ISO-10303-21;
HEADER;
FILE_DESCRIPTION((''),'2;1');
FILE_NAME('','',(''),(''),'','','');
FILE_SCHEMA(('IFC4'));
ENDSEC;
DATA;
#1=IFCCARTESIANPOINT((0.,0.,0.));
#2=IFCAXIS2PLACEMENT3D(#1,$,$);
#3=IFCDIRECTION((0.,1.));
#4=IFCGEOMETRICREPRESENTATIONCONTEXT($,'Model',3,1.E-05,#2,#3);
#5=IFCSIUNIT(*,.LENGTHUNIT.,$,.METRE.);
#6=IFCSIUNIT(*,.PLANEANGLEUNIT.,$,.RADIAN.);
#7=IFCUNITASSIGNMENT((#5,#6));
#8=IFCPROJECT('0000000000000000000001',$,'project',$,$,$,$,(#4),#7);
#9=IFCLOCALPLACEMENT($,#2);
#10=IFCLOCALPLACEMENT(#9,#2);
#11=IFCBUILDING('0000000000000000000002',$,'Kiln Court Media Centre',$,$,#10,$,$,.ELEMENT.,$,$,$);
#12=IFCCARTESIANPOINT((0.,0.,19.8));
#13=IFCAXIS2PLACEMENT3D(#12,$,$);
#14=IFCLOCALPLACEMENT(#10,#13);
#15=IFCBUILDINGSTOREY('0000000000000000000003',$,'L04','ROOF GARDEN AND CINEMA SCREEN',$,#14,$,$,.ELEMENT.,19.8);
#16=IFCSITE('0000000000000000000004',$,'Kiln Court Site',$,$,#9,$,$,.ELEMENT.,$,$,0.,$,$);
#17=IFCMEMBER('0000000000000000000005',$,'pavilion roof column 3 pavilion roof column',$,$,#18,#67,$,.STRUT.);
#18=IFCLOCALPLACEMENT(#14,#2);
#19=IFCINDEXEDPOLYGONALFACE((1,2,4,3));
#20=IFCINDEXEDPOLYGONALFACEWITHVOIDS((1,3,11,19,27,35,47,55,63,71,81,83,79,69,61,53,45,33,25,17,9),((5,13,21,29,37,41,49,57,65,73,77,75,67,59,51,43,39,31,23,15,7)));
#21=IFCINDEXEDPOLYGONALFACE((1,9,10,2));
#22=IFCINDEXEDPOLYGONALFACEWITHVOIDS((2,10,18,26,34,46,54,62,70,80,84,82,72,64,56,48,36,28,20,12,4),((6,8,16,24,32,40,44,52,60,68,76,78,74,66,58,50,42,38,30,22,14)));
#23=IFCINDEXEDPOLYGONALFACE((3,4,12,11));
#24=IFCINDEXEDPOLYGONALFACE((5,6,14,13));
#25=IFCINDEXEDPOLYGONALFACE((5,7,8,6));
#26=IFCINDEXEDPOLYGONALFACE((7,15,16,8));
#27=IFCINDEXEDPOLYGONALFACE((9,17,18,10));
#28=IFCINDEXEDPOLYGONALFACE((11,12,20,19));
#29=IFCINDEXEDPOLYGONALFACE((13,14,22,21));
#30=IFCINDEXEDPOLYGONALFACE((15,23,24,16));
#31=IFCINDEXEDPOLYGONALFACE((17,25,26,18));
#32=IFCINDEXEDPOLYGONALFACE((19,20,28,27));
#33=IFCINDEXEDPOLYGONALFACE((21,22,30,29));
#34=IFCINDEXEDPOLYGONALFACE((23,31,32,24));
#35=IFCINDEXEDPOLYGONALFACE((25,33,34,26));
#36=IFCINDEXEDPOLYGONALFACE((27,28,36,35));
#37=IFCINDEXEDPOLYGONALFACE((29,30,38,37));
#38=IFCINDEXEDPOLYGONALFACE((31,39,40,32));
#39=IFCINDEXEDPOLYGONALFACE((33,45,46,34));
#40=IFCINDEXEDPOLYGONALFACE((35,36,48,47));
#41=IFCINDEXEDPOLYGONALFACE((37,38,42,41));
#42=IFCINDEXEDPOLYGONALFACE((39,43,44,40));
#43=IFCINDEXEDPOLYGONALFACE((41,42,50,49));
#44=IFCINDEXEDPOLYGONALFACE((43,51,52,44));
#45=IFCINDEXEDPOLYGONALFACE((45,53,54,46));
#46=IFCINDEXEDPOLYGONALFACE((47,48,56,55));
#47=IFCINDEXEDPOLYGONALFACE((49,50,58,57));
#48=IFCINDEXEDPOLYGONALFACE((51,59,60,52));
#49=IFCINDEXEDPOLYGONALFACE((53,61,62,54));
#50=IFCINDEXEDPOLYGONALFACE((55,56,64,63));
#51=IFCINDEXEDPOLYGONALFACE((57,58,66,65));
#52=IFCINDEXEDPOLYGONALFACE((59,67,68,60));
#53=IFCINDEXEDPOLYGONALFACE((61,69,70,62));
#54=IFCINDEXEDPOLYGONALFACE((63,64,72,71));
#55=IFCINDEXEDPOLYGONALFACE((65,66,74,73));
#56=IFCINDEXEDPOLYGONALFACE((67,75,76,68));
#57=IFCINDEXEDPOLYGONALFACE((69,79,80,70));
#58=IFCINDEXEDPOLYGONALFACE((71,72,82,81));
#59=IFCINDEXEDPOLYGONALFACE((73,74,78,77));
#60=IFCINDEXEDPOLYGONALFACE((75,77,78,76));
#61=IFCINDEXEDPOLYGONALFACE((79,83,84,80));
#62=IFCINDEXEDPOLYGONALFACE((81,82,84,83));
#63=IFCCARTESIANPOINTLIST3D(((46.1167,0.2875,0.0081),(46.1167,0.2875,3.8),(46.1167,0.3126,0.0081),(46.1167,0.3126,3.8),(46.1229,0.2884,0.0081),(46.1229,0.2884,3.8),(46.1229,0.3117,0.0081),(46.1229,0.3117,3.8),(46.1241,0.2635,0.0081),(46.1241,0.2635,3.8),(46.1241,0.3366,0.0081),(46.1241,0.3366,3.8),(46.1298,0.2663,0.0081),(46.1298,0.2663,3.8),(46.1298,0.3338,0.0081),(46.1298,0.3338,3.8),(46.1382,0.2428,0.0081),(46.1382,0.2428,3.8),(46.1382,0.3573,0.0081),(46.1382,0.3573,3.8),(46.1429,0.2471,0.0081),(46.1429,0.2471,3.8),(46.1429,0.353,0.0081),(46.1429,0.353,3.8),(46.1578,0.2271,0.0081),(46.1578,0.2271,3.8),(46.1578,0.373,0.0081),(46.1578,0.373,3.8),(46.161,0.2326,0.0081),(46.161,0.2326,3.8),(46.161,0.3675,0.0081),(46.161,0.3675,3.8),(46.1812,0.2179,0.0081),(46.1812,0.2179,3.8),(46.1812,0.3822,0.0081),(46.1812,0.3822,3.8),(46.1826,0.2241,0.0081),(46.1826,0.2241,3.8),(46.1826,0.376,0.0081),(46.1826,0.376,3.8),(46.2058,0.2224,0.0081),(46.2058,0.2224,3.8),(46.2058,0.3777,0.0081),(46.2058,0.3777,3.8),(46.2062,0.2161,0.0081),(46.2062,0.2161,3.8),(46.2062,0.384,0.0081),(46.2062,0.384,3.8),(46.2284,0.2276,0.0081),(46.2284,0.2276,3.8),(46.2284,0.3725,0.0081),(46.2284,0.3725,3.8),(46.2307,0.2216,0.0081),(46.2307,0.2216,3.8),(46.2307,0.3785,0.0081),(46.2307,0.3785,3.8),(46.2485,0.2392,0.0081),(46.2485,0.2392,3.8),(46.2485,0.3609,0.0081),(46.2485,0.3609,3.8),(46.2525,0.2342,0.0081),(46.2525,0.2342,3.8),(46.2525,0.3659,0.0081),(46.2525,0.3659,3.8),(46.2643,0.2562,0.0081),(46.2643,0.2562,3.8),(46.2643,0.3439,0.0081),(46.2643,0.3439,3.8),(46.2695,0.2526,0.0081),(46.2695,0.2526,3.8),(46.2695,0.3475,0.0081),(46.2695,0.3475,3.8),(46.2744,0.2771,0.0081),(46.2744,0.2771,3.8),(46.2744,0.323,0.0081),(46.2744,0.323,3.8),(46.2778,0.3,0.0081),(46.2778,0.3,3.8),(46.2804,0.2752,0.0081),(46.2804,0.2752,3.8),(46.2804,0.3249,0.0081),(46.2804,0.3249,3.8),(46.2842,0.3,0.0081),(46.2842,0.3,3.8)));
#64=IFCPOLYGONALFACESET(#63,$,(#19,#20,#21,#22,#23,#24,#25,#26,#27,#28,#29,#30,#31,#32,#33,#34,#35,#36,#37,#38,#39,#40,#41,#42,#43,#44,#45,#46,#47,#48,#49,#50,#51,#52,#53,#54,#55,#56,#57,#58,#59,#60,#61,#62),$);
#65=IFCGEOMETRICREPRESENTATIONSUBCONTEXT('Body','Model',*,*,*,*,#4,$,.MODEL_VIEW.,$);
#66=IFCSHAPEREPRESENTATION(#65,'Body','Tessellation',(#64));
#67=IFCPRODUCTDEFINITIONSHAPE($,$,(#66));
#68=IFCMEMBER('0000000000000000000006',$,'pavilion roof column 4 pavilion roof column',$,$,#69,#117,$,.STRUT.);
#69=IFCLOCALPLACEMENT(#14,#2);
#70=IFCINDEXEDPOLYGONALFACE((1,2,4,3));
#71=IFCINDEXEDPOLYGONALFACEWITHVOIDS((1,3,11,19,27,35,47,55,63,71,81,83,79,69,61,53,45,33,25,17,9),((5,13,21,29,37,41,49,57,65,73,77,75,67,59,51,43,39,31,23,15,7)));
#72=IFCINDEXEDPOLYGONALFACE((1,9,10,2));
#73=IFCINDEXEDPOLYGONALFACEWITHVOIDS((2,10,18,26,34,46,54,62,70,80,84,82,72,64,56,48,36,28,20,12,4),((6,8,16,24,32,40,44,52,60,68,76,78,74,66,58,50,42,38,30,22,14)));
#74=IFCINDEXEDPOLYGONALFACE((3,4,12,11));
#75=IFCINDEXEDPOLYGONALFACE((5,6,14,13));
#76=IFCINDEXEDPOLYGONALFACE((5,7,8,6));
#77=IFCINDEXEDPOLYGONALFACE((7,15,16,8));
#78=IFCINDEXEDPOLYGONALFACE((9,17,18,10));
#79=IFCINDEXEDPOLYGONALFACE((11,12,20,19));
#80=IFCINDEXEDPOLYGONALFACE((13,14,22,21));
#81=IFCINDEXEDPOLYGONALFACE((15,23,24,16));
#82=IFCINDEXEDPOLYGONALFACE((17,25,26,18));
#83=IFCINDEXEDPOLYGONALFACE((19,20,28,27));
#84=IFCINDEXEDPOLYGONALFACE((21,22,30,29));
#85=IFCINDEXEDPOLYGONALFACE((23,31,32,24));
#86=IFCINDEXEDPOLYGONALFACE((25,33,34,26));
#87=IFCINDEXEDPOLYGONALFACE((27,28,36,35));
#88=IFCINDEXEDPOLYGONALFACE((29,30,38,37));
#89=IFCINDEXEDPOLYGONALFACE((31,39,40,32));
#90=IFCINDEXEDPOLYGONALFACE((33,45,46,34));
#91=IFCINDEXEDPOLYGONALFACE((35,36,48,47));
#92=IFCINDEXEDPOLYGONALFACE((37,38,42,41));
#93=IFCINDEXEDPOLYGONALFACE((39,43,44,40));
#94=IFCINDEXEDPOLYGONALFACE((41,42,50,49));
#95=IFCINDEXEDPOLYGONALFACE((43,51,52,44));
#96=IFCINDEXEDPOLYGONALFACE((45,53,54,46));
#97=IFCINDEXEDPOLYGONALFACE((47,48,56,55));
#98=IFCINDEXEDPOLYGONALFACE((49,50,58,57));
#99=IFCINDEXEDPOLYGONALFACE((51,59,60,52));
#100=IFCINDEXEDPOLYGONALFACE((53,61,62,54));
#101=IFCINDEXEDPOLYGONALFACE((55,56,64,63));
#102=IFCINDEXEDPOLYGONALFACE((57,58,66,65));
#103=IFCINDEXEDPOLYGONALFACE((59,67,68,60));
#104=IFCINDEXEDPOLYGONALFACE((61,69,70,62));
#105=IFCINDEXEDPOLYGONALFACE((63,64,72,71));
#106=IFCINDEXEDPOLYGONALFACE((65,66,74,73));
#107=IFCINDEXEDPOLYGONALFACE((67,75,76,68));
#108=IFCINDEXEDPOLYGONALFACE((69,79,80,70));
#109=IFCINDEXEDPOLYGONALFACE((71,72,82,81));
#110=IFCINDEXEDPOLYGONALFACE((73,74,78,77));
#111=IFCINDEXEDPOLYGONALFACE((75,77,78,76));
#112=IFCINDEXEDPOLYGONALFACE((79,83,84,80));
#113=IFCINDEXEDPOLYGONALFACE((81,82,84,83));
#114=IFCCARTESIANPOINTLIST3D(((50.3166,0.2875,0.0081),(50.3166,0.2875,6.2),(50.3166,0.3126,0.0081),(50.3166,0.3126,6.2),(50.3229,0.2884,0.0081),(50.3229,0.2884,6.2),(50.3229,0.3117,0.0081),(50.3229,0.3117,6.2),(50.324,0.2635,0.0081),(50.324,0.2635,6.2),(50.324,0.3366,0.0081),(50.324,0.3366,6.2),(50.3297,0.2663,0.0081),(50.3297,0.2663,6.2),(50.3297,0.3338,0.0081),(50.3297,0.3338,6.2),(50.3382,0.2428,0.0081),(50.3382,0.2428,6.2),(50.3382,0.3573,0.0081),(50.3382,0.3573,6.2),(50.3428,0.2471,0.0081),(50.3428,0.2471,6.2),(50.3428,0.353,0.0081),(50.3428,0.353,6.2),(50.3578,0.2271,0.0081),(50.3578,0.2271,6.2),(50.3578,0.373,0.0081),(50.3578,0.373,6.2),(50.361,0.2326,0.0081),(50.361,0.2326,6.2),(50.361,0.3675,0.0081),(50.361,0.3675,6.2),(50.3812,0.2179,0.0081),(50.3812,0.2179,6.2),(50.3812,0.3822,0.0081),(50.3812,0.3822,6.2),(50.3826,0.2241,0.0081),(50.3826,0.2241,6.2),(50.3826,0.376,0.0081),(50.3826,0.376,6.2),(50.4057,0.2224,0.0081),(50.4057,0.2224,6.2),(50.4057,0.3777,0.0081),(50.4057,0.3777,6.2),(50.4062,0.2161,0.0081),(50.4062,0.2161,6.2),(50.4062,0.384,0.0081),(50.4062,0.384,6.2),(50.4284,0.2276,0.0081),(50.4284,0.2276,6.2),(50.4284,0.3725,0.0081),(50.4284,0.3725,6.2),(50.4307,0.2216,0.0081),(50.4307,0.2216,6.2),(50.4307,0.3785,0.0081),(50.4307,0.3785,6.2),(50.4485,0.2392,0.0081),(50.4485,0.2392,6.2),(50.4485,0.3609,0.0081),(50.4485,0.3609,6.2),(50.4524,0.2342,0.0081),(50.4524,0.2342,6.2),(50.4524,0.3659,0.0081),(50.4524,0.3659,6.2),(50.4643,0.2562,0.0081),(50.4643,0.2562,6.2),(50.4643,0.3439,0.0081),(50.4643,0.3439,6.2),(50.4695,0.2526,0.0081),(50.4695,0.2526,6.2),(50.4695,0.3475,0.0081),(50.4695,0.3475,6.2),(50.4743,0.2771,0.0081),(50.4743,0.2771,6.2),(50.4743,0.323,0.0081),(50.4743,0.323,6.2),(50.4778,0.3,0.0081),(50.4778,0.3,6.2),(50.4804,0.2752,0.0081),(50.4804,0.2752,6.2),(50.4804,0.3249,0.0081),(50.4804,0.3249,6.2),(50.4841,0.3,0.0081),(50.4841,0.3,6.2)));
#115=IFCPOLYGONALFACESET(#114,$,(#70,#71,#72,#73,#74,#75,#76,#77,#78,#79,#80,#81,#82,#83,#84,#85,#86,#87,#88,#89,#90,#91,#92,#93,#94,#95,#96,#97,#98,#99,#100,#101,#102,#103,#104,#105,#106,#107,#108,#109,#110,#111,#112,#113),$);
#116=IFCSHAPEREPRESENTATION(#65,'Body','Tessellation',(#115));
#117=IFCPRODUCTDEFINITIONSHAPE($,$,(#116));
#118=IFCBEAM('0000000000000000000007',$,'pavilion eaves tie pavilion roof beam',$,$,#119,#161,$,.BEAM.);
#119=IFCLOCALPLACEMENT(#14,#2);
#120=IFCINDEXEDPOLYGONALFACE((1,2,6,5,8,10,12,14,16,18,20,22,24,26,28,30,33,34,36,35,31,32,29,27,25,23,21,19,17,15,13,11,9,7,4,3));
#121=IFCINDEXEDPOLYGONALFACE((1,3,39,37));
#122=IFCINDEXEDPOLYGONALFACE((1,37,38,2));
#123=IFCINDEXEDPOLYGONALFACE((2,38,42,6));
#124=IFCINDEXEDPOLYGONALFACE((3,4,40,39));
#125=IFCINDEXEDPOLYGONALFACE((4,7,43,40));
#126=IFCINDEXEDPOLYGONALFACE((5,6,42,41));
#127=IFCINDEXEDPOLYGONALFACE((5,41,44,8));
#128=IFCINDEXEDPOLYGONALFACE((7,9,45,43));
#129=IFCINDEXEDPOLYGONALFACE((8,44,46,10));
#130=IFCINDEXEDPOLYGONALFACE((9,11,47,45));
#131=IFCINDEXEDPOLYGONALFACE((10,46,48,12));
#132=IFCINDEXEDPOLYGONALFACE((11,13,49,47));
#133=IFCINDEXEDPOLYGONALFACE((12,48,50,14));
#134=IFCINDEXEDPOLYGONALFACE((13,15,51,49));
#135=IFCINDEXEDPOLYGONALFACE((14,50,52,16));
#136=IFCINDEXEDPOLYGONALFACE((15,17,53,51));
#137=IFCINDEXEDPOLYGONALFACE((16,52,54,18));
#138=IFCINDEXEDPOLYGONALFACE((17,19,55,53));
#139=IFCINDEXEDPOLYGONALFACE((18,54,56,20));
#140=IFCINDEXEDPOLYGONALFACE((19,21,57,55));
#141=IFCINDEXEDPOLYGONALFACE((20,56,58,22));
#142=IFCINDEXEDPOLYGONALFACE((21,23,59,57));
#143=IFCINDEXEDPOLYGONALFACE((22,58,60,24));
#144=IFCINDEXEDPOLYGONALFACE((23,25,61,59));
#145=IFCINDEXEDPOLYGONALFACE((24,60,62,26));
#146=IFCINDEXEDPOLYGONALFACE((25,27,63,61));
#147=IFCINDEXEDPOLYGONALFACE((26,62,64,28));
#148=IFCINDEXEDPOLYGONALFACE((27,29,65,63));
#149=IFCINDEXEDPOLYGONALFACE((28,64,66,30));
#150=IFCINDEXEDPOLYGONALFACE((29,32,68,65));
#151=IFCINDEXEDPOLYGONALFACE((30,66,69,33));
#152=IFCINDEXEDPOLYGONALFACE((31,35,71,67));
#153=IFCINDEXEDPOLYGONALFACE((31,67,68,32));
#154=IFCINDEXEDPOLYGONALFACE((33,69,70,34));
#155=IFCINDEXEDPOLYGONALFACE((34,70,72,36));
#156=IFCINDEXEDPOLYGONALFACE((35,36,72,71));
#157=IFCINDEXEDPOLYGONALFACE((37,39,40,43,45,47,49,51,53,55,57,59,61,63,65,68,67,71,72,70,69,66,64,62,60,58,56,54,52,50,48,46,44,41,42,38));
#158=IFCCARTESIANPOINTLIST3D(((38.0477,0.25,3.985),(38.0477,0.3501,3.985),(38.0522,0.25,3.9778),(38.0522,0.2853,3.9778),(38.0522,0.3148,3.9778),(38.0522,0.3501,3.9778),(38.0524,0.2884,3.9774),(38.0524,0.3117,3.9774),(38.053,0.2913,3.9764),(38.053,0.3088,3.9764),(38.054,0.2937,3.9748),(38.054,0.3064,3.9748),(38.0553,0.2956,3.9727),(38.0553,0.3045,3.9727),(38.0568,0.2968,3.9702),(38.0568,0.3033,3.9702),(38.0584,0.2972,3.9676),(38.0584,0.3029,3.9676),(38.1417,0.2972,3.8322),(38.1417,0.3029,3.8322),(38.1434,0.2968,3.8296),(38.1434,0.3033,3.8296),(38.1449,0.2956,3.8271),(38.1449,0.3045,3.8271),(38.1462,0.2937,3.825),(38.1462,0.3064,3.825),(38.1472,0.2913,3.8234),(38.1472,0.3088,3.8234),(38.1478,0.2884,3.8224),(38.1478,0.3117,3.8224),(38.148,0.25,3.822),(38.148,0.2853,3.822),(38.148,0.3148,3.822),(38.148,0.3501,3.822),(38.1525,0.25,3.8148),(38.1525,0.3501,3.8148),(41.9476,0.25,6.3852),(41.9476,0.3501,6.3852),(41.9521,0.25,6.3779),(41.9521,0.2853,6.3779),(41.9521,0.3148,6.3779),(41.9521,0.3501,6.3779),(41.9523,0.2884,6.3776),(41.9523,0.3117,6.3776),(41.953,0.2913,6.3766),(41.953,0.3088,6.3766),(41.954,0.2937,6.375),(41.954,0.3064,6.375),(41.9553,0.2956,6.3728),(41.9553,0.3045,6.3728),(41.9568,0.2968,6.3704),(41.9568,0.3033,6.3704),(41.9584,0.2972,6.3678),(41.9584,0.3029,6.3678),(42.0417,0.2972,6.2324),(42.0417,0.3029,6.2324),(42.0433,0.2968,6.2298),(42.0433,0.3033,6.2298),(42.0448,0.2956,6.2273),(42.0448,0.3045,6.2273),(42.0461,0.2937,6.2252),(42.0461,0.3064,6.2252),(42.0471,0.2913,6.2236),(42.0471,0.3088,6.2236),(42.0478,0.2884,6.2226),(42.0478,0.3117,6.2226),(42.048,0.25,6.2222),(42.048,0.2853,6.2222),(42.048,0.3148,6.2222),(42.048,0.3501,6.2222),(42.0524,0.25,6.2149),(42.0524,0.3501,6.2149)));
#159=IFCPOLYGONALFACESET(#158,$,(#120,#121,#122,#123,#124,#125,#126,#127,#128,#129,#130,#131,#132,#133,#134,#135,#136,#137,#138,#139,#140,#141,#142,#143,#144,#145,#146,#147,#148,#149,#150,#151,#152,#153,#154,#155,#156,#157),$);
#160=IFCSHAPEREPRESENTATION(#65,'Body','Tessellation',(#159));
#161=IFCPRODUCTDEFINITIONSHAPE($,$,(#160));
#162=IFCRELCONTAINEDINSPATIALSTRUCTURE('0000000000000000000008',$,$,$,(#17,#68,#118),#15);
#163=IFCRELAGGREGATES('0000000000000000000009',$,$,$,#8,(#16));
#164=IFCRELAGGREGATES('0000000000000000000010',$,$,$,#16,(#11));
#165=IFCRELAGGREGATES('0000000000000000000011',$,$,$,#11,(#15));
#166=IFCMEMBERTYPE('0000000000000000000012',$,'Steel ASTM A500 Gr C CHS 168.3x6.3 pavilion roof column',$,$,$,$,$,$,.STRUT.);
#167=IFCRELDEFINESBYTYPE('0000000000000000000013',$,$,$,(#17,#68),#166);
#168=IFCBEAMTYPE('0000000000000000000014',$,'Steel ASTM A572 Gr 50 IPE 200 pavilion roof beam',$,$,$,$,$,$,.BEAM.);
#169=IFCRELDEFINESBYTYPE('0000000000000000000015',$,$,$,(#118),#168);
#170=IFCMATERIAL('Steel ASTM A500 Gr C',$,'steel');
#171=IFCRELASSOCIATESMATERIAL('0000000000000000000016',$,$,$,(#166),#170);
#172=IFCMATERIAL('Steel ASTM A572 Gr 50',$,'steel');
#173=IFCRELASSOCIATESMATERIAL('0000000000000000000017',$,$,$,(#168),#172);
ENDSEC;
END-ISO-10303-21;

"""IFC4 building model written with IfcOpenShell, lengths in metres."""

from ifc_helpers import new_model, si_unit, direction, frame, origin, origin_2d, place, context, subcontext, project, spatial, hollow_circle, i_section, extrude, material, material_profile, profile_set, type_object, element, save


model = new_model("IFC4")

# Units and contexts
model_context = context("Model", 3, precision=1e-05, world=origin(), true_north=direction((0.0, 1.0)))
body_context = subcontext(model_context, "Body", "Model", "MODEL_VIEW")
ifc_project = project(units=[si_unit("LENGTHUNIT", "METRE"), si_unit("PLANEANGLEUNIT", "RADIAN")], contexts=[model_context])

# Site, building, storey
site_placement = place(None, origin())
site = spatial("IfcSite", under=ifc_project, at=site_placement, Name="Kiln Court Site", CompositionType="ELEMENT", RefElevation=0.0)
building_placement = place(site_placement, origin())
building = spatial("IfcBuilding", under=site, at=building_placement, Name="Kiln Court Media Centre", CompositionType="ELEMENT")
storey_placement = place(building_placement, frame((0.0, 0.0, 19.8)))
storey = spatial("IfcBuildingStorey", under=building, at=storey_placement, Name="L04", Description="ROOF GARDEN AND CINEMA SCREEN", CompositionType="ELEMENT", Elevation=19.8)

# Members
ifc_material_1 = material(Name="Steel ASTM A500 Gr C", Category="steel")
ifc_material_profile_1 = material_profile(ifc_material_1, hollow_circle(Radius=0.0842, WallThickness=0.0063, at=origin_2d()), Name="CHS 168.3x6.3")
ifc_profile_set_1 = profile_set([ifc_material_profile_1], Name="Steel ASTM A500 Gr C")
member_type = type_object("IfcMemberType", Name="Steel ASTM A500 Gr C CHS 168.3x6.3 pavilion roof column", PredefinedType="STRUT", material=ifc_profile_set_1)
member_1_placement = place(storey_placement, frame((46.2, 0.3, 0.0081), z_axis=(0.0, 0.0, 1.0), x_axis=(1.0, 0.0, 0.0)))
element("IfcMember", 1, at=member_1_placement, inside=storey, type_object=member_type, Name="pavilion roof column 3 pavilion roof column", PredefinedType="STRUT", context=body_context, shape_type="SweptSolid", body=[
    extrude(hollow_circle(Radius=0.0842, WallThickness=0.0063, at=origin_2d()), origin(), (0.0, 0.0, 1.0), 3.792),
])
member_2_placement = place(storey_placement, frame((50.3999, 0.3, 0.0081), z_axis=(0.0, 0.0, 1.0), x_axis=(1.0, 0.0, 0.0)))
element("IfcMember", 2, at=member_2_placement, inside=storey, type_object=member_type, Name="pavilion roof column 4 pavilion roof column", PredefinedType="STRUT", context=body_context, shape_type="SweptSolid", body=[
    extrude(hollow_circle(Radius=0.0842, WallThickness=0.0063, at=origin_2d()), origin(), (0.0, 0.0, 1.0), 6.1919),
])

# Beam
ifc_material_2 = material(Name="Steel ASTM A572 Gr 50", Category="steel")
ifc_material_profile_2 = material_profile(ifc_material_2, i_section(OverallWidth=0.1001, OverallDepth=0.2, WebThickness=0.0056, FlangeThickness=0.0085, FilletRadius=0.012, at=origin_2d()), Name="IPE 200")
ifc_profile_set_2 = profile_set([ifc_material_profile_2], Name="Steel ASTM A572 Gr 50")
beam_type_1 = type_object("IfcBeamType", Name="Steel ASTM A572 Gr 50 IPE 200 pavilion roof beam", PredefinedType="BEAM", material=ifc_profile_set_2)
beam_1_placement = place(storey_placement, frame((38.1001, 0.3, 3.8999), z_axis=(0.851638, 0.0, 0.52413), x_axis=(0.0, 1.0, 0.0)))
element("IfcBeam", 3, at=beam_1_placement, inside=storey, type_object=beam_type_1, Name="pavilion eaves tie pavilion roof beam", PredefinedType="BEAM", context=body_context, shape_type="SweptSolid", body=[
    extrude(i_section(OverallWidth=0.1001, OverallDepth=0.2, WebThickness=0.0056, FlangeThickness=0.0085, FilletRadius=0.012, at=origin_2d()), origin(), (0.0, 0.0, 1.0), 4.5793),
])

save(model, "model.ifc")
